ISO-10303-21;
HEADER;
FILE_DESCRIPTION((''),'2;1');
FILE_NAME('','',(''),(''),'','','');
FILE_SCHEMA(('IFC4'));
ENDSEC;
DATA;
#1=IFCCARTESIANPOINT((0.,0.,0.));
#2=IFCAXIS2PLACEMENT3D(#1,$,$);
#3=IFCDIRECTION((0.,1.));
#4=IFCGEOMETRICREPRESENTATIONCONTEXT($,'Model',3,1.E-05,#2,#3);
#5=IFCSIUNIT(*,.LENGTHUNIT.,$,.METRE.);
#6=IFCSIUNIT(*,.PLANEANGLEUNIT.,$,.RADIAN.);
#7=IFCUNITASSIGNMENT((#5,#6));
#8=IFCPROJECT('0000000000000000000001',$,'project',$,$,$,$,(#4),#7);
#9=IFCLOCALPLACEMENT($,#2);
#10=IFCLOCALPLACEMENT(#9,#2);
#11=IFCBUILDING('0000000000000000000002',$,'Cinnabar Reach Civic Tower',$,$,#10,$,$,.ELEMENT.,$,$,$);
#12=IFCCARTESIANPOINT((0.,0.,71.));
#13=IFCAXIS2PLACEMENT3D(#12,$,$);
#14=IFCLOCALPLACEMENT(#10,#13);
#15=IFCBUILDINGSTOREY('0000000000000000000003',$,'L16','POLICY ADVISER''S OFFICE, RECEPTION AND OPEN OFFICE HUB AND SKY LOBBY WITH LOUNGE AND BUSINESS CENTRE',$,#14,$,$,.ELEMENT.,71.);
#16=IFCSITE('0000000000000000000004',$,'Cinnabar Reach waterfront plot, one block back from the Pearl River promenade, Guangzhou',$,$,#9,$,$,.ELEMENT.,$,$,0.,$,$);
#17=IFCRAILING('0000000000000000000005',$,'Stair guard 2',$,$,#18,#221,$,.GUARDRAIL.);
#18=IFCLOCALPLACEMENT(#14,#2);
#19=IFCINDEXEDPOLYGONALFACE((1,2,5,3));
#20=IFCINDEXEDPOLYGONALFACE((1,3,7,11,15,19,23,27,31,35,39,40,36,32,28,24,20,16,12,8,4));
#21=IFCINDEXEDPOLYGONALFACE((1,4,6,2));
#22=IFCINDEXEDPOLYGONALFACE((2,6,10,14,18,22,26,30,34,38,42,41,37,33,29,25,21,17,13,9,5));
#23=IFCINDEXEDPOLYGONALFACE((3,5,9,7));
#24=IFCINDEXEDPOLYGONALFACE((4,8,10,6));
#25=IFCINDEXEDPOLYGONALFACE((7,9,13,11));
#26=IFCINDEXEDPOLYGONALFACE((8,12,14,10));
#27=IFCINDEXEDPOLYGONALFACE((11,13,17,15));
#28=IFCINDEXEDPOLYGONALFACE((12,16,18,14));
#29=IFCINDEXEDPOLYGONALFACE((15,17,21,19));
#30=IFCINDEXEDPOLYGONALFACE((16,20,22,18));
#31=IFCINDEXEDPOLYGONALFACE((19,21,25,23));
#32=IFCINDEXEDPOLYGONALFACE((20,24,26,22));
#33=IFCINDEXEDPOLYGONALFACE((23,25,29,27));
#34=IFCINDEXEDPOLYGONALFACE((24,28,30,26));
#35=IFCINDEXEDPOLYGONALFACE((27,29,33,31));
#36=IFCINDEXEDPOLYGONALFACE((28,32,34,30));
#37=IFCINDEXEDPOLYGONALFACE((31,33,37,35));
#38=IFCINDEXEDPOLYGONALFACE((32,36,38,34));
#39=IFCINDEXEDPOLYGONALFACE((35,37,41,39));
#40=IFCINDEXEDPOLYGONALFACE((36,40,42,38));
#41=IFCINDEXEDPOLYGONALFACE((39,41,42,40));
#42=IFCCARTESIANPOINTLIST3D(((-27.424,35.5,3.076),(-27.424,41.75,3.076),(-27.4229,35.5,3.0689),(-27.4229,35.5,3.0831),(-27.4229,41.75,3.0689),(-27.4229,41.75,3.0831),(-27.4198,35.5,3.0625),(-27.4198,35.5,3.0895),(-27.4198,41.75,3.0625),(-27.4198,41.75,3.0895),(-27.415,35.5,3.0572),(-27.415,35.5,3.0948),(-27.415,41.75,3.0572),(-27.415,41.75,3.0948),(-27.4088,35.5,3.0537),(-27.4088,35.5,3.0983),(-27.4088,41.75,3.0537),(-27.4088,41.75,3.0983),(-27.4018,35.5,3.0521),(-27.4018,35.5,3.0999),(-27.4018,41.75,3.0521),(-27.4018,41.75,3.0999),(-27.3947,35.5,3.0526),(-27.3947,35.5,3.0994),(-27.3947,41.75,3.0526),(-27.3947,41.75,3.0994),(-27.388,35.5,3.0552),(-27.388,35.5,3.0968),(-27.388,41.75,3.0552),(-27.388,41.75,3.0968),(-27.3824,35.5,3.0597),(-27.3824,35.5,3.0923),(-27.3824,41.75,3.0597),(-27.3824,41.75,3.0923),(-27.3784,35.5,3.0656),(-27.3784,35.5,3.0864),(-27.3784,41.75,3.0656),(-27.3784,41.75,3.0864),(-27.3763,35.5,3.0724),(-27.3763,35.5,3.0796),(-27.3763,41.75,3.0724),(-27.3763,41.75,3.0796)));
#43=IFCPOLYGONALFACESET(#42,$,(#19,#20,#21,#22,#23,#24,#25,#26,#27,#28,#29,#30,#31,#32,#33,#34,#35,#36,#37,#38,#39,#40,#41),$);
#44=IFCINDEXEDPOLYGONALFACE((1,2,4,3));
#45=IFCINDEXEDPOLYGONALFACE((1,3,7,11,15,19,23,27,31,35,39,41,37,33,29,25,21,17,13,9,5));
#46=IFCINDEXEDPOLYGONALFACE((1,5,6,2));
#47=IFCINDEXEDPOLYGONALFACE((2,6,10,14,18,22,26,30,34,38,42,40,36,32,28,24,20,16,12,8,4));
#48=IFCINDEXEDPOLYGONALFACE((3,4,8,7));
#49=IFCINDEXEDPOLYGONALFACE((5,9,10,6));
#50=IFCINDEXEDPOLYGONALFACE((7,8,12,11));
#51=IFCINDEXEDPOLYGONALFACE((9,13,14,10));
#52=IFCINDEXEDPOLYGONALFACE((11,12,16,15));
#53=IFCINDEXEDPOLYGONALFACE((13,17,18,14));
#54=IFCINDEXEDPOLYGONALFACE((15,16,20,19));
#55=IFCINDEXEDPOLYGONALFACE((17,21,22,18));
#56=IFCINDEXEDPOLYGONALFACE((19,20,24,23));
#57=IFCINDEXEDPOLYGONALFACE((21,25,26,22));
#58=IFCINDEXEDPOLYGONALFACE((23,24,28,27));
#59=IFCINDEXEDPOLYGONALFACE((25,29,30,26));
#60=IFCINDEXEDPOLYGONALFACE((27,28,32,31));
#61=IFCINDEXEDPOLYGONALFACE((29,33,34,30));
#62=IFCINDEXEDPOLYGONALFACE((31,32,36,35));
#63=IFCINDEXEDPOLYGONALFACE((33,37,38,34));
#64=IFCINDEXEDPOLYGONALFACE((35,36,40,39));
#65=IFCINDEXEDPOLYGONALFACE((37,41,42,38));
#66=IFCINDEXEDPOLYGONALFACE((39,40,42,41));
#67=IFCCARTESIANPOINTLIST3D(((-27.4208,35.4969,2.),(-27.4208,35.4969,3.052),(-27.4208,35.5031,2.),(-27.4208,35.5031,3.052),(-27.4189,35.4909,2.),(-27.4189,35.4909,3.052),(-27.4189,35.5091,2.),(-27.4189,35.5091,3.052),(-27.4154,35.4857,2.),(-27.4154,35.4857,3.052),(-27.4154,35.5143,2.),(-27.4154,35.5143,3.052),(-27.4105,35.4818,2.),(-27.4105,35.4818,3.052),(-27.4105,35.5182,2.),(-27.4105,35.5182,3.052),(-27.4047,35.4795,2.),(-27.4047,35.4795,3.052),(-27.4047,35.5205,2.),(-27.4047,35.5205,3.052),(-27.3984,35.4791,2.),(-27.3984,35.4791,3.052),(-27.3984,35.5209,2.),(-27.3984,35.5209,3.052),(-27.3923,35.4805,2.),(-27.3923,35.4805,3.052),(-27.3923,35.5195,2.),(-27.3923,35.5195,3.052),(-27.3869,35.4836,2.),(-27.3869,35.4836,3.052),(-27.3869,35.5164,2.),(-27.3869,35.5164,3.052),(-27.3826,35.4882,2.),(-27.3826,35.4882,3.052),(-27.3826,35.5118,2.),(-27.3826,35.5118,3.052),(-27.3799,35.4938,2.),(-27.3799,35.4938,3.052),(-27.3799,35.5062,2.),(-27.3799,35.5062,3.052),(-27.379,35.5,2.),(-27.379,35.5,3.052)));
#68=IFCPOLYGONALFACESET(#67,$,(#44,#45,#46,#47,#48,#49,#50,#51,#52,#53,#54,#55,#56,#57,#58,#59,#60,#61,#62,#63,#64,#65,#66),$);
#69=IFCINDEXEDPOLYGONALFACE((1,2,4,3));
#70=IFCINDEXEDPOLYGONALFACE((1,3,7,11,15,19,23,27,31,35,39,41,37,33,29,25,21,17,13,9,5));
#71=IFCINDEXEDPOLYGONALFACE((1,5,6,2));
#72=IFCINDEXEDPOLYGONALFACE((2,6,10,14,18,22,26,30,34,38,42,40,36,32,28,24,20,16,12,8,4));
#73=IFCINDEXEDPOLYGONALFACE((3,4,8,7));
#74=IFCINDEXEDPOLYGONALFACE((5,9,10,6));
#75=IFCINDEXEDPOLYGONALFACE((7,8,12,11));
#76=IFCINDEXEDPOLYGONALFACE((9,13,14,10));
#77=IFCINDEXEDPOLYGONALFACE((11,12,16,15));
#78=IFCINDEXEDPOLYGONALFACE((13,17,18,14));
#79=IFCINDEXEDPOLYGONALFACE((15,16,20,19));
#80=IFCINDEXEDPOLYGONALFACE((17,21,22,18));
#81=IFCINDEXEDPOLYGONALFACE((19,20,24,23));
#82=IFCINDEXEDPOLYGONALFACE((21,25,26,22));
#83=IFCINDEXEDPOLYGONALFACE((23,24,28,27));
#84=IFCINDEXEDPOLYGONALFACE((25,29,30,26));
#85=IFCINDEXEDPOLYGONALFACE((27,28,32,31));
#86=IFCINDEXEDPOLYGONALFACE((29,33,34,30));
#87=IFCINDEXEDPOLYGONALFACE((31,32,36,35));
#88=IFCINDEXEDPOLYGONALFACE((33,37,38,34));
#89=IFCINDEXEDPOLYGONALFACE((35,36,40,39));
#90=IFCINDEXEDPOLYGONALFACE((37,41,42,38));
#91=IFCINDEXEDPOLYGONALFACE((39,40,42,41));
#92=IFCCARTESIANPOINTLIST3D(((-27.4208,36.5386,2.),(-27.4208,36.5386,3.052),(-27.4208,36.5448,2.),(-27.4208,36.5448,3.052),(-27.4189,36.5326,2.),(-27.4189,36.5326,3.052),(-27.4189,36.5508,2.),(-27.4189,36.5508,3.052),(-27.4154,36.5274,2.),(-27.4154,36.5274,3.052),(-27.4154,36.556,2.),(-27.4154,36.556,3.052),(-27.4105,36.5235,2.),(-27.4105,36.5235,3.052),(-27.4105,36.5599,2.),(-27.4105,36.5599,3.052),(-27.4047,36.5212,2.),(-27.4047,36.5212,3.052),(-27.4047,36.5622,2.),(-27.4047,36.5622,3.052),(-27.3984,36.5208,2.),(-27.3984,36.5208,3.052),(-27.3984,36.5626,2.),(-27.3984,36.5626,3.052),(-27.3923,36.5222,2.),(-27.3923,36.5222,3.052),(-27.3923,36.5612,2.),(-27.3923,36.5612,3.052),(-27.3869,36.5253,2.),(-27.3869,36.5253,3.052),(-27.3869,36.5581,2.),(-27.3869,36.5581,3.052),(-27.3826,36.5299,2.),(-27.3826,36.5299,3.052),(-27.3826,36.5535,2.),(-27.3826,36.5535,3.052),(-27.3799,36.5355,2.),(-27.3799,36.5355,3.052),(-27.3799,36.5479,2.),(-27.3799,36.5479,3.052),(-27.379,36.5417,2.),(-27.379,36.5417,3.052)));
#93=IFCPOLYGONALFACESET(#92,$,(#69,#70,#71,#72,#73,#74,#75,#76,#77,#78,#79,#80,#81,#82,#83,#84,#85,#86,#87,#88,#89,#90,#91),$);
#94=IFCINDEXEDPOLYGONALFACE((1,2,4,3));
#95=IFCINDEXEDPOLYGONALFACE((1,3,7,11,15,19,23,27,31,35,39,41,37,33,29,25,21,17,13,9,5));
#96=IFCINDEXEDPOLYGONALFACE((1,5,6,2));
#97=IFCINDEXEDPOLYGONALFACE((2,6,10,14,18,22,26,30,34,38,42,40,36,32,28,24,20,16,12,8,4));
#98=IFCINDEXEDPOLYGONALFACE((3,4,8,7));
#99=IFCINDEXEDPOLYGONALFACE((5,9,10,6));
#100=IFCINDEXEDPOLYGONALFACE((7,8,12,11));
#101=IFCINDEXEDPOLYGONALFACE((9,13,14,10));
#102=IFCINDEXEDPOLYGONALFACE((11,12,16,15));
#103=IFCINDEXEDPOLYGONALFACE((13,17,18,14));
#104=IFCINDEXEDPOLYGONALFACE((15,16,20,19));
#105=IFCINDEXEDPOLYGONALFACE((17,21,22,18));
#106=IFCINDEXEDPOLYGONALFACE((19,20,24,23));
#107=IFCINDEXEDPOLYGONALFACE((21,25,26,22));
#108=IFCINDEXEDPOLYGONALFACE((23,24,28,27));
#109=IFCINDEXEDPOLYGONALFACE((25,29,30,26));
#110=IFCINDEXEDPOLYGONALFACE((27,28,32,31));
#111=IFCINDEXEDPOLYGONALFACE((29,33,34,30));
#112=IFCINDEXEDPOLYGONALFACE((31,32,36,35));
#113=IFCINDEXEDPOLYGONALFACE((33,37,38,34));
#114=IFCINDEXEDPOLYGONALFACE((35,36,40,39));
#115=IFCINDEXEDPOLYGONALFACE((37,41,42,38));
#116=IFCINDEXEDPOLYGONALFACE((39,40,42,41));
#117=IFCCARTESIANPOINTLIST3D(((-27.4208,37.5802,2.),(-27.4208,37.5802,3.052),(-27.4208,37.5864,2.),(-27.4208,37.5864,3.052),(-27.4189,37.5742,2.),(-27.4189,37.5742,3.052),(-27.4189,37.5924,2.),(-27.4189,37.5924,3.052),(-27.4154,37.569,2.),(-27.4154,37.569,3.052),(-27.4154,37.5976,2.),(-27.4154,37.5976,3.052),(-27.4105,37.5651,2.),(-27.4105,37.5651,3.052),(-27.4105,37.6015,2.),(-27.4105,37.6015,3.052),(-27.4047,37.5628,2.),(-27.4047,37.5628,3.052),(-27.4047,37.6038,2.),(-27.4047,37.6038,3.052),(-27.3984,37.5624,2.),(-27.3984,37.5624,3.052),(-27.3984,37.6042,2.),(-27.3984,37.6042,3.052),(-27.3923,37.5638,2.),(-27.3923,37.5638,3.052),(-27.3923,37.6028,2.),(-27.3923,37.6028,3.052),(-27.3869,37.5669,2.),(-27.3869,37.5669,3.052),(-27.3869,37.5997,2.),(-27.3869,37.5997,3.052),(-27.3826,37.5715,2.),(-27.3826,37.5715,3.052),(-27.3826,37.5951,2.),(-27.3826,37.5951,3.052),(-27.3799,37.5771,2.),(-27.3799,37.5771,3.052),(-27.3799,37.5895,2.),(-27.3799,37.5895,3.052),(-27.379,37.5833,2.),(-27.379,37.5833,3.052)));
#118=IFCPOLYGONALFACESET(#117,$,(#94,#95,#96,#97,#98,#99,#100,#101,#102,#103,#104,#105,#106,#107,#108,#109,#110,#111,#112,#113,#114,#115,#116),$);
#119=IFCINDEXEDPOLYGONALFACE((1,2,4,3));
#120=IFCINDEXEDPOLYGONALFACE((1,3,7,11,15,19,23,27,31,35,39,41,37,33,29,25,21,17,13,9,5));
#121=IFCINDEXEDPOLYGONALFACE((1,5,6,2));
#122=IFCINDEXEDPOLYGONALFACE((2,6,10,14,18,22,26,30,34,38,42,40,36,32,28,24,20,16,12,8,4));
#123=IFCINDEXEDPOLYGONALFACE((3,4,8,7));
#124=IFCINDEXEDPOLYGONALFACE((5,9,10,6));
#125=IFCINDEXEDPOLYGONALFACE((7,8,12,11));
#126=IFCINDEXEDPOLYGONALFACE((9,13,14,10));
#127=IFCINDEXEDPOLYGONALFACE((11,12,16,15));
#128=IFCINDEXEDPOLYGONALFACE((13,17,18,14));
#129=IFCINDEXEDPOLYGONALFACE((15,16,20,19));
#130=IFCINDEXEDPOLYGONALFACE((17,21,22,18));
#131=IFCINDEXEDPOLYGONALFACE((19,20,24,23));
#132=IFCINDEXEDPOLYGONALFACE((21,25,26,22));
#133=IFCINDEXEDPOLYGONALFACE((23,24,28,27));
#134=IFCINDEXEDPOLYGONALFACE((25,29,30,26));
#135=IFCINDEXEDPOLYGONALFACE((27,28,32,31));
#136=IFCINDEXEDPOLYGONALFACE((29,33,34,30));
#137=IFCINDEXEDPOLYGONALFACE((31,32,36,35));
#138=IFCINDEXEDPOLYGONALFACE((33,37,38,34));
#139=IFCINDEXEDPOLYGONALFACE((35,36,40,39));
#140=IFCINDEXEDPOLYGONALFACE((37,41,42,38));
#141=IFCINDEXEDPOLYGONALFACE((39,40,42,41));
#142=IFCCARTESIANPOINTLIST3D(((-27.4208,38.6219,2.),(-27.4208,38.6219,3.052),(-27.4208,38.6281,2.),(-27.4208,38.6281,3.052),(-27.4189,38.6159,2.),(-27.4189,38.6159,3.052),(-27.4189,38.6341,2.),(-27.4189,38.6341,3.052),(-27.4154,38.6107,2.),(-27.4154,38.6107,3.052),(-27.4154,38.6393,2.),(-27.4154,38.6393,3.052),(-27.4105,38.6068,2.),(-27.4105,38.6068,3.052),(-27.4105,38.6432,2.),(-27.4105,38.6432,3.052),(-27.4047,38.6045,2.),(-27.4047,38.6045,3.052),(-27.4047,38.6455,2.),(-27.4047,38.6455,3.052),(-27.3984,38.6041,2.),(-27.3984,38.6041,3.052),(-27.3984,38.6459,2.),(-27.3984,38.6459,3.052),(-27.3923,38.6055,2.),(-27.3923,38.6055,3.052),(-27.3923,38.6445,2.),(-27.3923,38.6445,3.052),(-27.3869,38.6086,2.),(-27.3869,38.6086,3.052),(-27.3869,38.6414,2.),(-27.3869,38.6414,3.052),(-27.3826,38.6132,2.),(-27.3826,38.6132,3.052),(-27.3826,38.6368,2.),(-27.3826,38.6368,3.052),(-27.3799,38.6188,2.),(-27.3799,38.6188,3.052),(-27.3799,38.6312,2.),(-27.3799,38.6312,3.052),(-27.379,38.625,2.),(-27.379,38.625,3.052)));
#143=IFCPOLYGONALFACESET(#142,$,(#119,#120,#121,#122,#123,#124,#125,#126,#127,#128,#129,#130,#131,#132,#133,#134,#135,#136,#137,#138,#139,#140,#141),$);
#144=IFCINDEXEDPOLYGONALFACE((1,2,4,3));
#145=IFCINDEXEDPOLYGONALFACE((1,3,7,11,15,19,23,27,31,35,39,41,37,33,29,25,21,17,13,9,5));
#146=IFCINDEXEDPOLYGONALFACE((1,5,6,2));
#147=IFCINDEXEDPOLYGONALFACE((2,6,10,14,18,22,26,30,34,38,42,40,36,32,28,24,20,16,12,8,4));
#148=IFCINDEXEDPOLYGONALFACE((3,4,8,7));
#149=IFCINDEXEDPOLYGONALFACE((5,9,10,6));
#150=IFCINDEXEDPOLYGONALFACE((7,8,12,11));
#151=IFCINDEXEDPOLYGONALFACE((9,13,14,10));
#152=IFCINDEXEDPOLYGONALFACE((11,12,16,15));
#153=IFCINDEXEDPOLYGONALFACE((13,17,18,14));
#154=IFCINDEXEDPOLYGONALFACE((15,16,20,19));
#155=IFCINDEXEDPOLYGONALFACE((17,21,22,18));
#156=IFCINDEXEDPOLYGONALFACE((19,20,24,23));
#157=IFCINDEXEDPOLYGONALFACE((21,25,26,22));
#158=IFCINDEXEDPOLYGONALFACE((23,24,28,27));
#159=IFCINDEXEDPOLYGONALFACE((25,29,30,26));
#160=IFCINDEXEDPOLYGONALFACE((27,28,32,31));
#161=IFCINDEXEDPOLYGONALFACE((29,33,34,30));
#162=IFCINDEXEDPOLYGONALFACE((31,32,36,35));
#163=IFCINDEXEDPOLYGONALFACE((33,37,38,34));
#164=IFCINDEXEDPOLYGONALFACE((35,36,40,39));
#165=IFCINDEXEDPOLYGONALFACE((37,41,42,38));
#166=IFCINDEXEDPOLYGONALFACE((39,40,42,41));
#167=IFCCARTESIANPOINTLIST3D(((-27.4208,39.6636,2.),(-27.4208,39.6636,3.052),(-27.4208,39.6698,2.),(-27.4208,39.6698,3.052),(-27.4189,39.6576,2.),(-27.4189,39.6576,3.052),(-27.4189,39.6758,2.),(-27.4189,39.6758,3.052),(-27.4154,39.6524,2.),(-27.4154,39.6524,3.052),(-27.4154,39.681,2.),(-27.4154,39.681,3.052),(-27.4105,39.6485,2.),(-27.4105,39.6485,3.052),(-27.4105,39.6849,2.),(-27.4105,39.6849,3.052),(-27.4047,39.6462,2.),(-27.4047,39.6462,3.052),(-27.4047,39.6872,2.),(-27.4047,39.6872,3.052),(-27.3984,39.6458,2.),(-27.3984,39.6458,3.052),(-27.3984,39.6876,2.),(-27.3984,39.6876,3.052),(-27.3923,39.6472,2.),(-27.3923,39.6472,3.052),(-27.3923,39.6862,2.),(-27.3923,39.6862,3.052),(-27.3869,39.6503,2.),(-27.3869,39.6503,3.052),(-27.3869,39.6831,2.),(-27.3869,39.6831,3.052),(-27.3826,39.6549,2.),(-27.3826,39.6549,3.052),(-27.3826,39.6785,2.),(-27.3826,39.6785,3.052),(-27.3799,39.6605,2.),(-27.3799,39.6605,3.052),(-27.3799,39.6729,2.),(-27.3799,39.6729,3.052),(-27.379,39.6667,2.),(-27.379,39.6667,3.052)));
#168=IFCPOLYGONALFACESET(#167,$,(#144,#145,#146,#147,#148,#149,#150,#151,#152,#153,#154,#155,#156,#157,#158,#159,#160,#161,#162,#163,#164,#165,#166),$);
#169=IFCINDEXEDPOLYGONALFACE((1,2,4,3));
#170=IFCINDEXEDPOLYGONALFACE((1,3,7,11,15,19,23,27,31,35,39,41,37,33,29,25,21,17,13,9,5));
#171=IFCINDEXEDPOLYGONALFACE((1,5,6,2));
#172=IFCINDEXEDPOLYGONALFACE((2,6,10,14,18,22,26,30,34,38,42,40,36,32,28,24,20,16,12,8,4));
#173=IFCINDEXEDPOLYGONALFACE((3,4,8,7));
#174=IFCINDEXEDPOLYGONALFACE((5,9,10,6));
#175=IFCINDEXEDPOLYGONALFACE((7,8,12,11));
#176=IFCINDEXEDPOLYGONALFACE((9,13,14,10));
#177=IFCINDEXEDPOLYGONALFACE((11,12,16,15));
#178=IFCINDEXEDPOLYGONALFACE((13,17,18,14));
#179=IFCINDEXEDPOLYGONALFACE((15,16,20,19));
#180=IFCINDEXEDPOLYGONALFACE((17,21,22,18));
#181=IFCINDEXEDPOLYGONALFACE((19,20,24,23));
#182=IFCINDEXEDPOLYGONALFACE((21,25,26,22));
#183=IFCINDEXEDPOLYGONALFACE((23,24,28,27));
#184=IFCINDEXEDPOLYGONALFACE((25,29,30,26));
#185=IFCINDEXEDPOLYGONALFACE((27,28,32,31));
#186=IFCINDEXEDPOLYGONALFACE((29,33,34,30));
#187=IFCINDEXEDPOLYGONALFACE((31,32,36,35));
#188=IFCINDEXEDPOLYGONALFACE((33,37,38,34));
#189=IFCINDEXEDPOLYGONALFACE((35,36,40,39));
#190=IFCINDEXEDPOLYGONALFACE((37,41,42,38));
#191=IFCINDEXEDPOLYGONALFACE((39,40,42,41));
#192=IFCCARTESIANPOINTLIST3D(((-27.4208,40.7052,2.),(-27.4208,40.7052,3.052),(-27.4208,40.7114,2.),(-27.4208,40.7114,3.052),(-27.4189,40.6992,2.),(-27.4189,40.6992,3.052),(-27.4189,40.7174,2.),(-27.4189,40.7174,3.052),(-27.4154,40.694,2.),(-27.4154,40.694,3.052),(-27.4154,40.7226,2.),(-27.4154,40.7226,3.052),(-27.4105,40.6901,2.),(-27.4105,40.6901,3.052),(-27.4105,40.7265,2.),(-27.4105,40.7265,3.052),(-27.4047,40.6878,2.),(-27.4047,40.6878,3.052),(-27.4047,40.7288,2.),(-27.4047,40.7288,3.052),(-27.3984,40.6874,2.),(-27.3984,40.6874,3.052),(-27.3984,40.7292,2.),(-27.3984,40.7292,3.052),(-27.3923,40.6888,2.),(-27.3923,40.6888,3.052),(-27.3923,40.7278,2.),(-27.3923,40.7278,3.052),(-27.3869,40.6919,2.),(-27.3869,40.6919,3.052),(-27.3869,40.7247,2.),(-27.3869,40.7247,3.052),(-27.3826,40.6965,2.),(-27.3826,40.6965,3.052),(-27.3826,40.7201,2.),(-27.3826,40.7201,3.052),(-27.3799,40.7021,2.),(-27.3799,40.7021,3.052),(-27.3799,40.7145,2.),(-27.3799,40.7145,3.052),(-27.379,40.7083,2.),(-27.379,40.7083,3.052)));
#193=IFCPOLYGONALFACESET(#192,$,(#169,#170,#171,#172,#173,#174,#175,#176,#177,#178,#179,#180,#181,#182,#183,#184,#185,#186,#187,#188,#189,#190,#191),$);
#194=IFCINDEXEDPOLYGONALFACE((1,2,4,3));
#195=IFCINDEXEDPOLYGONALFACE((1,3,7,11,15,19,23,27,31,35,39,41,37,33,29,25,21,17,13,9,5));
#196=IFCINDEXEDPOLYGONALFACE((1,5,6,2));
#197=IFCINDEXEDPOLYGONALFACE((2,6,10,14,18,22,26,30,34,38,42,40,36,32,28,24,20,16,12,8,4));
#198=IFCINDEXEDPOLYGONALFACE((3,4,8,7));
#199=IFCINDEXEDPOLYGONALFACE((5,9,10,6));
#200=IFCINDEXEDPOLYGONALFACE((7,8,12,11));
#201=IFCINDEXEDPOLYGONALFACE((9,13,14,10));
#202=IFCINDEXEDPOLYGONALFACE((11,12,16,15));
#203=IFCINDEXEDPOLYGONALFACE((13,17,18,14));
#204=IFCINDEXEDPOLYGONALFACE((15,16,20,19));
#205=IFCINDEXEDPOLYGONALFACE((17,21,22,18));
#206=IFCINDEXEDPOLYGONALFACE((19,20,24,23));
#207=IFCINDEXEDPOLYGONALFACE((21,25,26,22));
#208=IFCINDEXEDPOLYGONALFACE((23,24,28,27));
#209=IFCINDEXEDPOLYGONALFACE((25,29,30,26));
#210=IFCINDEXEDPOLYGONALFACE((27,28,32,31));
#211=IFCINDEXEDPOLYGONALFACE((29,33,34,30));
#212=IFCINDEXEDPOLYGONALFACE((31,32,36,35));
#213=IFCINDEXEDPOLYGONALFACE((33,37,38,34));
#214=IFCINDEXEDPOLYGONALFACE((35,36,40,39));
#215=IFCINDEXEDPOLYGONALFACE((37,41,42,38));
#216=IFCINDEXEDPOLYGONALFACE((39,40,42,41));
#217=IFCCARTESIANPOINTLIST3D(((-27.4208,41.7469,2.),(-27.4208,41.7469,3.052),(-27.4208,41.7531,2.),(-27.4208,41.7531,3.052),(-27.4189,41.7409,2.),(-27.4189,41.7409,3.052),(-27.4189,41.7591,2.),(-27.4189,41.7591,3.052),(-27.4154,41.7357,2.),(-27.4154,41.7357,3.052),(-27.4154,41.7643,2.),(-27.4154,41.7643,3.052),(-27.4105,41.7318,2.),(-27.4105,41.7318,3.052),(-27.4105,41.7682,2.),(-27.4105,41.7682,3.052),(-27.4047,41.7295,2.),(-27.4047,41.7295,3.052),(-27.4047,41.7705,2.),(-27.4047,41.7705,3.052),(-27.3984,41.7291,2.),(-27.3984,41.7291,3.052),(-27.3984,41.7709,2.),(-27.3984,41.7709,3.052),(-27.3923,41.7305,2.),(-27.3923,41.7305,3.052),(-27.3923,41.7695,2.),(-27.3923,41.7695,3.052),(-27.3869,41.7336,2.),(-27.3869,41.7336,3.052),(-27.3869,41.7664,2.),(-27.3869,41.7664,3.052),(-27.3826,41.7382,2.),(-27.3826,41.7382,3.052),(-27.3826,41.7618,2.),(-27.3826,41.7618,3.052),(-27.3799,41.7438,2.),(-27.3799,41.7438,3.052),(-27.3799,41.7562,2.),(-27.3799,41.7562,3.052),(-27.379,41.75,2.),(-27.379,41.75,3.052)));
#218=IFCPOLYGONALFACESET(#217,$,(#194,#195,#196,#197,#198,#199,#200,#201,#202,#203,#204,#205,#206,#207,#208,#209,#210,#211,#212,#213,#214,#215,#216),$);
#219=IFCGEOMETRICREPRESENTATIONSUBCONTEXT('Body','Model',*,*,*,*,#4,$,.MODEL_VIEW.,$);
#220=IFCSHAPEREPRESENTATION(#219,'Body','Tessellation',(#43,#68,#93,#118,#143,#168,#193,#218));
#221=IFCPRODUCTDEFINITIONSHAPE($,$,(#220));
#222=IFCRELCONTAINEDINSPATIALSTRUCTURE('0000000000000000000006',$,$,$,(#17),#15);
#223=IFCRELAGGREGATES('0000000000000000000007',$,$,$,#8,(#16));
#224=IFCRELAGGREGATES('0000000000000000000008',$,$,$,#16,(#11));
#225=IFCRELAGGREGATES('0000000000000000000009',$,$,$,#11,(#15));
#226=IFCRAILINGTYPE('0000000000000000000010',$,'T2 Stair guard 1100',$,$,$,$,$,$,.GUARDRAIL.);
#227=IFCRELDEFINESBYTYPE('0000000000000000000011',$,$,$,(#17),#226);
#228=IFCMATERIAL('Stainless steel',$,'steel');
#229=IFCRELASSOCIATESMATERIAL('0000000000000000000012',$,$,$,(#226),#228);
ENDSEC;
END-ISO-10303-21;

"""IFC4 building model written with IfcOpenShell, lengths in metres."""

from ifc_helpers import new_model, si_unit, direction, frame, origin, origin_2d, place, context, subcontext, project, spatial, circle, extrude, material, type_object, element, save


model = new_model("IFC4")

# Units and contexts
model_context = context("Model", 3, precision=1e-05, world=origin(), true_north=direction((0.0, 1.0)))
body_context = subcontext(model_context, "Body", "Model", "MODEL_VIEW")
ifc_project = project(units=[si_unit("LENGTHUNIT", "METRE"), si_unit("PLANEANGLEUNIT", "RADIAN")], contexts=[model_context])

# Site, building, storey
site_placement = place(None, origin())
site = spatial("IfcSite", under=ifc_project, at=site_placement, Name="Cinnabar Reach waterfront plot, one block back from the Pearl River promenade, Guangzhou", CompositionType="ELEMENT", RefElevation=0.0)
building_placement = place(site_placement, origin())
building = spatial("IfcBuilding", under=site, at=building_placement, Name="Cinnabar Reach Civic Tower", CompositionType="ELEMENT")
storey_placement = place(building_placement, frame((0.0, 0.0, 71.0)))
storey = spatial("IfcBuildingStorey", under=building, at=storey_placement, Name="L16", Description="POLICY ADVISER'S OFFICE, RECEPTION AND OPEN OFFICE HUB AND SKY LOBBY WITH LOUNGE AND BUSINESS CENTRE", CompositionType="ELEMENT", Elevation=71.0)

# Railing
ifc_material_1 = material(Name="Stainless steel", Category="steel")
railing_type = type_object("IfcRailingType", Name="T2 Stair guard 1100", PredefinedType="GUARDRAIL", material=ifc_material_1)
for number, where, name in (
    (1, (-27.4, 35.5, 2.0), "Stair guard 2"),
):
    element("IfcRailing", number, at=place(storey_placement, frame(where)), inside=storey, type_object=railing_type, Name=name, PredefinedType="GUARDRAIL", context=body_context, shape_type="SweptSolid", body=[
        extrude(circle(Radius=0.024, at=origin_2d()), frame((0.0, 0.0, 1.076), z_axis=(0.0, 1.0, 0.0), x_axis=(-1.0, 0.0, 0.0)), (0.0, 0.0, 1.0), 6.25),
        extrude(circle(Radius=0.021, at=origin_2d()), origin(), (0.0, 0.0, 1.0), 1.052),
        extrude(circle(Radius=0.021, at=origin_2d()), frame((0.0, 1.0417, 0.0)), (0.0, 0.0, 1.0), 1.052),
        extrude(circle(Radius=0.021, at=origin_2d()), frame((0.0, 2.0833, 0.0)), (0.0, 0.0, 1.0), 1.052),
        extrude(circle(Radius=0.021, at=origin_2d()), frame((0.0, 3.125, 0.0)), (0.0, 0.0, 1.0), 1.052),
        extrude(circle(Radius=0.021, at=origin_2d()), frame((0.0, 4.1667, 0.0)), (0.0, 0.0, 1.0), 1.052),
        extrude(circle(Radius=0.021, at=origin_2d()), frame((0.0, 5.2083, 0.0)), (0.0, 0.0, 1.0), 1.052),
        extrude(circle(Radius=0.021, at=origin_2d()), frame((0.0, 6.25, 0.0)), (0.0, 0.0, 1.0), 1.052),
    ])

save(model, "model.ifc")
